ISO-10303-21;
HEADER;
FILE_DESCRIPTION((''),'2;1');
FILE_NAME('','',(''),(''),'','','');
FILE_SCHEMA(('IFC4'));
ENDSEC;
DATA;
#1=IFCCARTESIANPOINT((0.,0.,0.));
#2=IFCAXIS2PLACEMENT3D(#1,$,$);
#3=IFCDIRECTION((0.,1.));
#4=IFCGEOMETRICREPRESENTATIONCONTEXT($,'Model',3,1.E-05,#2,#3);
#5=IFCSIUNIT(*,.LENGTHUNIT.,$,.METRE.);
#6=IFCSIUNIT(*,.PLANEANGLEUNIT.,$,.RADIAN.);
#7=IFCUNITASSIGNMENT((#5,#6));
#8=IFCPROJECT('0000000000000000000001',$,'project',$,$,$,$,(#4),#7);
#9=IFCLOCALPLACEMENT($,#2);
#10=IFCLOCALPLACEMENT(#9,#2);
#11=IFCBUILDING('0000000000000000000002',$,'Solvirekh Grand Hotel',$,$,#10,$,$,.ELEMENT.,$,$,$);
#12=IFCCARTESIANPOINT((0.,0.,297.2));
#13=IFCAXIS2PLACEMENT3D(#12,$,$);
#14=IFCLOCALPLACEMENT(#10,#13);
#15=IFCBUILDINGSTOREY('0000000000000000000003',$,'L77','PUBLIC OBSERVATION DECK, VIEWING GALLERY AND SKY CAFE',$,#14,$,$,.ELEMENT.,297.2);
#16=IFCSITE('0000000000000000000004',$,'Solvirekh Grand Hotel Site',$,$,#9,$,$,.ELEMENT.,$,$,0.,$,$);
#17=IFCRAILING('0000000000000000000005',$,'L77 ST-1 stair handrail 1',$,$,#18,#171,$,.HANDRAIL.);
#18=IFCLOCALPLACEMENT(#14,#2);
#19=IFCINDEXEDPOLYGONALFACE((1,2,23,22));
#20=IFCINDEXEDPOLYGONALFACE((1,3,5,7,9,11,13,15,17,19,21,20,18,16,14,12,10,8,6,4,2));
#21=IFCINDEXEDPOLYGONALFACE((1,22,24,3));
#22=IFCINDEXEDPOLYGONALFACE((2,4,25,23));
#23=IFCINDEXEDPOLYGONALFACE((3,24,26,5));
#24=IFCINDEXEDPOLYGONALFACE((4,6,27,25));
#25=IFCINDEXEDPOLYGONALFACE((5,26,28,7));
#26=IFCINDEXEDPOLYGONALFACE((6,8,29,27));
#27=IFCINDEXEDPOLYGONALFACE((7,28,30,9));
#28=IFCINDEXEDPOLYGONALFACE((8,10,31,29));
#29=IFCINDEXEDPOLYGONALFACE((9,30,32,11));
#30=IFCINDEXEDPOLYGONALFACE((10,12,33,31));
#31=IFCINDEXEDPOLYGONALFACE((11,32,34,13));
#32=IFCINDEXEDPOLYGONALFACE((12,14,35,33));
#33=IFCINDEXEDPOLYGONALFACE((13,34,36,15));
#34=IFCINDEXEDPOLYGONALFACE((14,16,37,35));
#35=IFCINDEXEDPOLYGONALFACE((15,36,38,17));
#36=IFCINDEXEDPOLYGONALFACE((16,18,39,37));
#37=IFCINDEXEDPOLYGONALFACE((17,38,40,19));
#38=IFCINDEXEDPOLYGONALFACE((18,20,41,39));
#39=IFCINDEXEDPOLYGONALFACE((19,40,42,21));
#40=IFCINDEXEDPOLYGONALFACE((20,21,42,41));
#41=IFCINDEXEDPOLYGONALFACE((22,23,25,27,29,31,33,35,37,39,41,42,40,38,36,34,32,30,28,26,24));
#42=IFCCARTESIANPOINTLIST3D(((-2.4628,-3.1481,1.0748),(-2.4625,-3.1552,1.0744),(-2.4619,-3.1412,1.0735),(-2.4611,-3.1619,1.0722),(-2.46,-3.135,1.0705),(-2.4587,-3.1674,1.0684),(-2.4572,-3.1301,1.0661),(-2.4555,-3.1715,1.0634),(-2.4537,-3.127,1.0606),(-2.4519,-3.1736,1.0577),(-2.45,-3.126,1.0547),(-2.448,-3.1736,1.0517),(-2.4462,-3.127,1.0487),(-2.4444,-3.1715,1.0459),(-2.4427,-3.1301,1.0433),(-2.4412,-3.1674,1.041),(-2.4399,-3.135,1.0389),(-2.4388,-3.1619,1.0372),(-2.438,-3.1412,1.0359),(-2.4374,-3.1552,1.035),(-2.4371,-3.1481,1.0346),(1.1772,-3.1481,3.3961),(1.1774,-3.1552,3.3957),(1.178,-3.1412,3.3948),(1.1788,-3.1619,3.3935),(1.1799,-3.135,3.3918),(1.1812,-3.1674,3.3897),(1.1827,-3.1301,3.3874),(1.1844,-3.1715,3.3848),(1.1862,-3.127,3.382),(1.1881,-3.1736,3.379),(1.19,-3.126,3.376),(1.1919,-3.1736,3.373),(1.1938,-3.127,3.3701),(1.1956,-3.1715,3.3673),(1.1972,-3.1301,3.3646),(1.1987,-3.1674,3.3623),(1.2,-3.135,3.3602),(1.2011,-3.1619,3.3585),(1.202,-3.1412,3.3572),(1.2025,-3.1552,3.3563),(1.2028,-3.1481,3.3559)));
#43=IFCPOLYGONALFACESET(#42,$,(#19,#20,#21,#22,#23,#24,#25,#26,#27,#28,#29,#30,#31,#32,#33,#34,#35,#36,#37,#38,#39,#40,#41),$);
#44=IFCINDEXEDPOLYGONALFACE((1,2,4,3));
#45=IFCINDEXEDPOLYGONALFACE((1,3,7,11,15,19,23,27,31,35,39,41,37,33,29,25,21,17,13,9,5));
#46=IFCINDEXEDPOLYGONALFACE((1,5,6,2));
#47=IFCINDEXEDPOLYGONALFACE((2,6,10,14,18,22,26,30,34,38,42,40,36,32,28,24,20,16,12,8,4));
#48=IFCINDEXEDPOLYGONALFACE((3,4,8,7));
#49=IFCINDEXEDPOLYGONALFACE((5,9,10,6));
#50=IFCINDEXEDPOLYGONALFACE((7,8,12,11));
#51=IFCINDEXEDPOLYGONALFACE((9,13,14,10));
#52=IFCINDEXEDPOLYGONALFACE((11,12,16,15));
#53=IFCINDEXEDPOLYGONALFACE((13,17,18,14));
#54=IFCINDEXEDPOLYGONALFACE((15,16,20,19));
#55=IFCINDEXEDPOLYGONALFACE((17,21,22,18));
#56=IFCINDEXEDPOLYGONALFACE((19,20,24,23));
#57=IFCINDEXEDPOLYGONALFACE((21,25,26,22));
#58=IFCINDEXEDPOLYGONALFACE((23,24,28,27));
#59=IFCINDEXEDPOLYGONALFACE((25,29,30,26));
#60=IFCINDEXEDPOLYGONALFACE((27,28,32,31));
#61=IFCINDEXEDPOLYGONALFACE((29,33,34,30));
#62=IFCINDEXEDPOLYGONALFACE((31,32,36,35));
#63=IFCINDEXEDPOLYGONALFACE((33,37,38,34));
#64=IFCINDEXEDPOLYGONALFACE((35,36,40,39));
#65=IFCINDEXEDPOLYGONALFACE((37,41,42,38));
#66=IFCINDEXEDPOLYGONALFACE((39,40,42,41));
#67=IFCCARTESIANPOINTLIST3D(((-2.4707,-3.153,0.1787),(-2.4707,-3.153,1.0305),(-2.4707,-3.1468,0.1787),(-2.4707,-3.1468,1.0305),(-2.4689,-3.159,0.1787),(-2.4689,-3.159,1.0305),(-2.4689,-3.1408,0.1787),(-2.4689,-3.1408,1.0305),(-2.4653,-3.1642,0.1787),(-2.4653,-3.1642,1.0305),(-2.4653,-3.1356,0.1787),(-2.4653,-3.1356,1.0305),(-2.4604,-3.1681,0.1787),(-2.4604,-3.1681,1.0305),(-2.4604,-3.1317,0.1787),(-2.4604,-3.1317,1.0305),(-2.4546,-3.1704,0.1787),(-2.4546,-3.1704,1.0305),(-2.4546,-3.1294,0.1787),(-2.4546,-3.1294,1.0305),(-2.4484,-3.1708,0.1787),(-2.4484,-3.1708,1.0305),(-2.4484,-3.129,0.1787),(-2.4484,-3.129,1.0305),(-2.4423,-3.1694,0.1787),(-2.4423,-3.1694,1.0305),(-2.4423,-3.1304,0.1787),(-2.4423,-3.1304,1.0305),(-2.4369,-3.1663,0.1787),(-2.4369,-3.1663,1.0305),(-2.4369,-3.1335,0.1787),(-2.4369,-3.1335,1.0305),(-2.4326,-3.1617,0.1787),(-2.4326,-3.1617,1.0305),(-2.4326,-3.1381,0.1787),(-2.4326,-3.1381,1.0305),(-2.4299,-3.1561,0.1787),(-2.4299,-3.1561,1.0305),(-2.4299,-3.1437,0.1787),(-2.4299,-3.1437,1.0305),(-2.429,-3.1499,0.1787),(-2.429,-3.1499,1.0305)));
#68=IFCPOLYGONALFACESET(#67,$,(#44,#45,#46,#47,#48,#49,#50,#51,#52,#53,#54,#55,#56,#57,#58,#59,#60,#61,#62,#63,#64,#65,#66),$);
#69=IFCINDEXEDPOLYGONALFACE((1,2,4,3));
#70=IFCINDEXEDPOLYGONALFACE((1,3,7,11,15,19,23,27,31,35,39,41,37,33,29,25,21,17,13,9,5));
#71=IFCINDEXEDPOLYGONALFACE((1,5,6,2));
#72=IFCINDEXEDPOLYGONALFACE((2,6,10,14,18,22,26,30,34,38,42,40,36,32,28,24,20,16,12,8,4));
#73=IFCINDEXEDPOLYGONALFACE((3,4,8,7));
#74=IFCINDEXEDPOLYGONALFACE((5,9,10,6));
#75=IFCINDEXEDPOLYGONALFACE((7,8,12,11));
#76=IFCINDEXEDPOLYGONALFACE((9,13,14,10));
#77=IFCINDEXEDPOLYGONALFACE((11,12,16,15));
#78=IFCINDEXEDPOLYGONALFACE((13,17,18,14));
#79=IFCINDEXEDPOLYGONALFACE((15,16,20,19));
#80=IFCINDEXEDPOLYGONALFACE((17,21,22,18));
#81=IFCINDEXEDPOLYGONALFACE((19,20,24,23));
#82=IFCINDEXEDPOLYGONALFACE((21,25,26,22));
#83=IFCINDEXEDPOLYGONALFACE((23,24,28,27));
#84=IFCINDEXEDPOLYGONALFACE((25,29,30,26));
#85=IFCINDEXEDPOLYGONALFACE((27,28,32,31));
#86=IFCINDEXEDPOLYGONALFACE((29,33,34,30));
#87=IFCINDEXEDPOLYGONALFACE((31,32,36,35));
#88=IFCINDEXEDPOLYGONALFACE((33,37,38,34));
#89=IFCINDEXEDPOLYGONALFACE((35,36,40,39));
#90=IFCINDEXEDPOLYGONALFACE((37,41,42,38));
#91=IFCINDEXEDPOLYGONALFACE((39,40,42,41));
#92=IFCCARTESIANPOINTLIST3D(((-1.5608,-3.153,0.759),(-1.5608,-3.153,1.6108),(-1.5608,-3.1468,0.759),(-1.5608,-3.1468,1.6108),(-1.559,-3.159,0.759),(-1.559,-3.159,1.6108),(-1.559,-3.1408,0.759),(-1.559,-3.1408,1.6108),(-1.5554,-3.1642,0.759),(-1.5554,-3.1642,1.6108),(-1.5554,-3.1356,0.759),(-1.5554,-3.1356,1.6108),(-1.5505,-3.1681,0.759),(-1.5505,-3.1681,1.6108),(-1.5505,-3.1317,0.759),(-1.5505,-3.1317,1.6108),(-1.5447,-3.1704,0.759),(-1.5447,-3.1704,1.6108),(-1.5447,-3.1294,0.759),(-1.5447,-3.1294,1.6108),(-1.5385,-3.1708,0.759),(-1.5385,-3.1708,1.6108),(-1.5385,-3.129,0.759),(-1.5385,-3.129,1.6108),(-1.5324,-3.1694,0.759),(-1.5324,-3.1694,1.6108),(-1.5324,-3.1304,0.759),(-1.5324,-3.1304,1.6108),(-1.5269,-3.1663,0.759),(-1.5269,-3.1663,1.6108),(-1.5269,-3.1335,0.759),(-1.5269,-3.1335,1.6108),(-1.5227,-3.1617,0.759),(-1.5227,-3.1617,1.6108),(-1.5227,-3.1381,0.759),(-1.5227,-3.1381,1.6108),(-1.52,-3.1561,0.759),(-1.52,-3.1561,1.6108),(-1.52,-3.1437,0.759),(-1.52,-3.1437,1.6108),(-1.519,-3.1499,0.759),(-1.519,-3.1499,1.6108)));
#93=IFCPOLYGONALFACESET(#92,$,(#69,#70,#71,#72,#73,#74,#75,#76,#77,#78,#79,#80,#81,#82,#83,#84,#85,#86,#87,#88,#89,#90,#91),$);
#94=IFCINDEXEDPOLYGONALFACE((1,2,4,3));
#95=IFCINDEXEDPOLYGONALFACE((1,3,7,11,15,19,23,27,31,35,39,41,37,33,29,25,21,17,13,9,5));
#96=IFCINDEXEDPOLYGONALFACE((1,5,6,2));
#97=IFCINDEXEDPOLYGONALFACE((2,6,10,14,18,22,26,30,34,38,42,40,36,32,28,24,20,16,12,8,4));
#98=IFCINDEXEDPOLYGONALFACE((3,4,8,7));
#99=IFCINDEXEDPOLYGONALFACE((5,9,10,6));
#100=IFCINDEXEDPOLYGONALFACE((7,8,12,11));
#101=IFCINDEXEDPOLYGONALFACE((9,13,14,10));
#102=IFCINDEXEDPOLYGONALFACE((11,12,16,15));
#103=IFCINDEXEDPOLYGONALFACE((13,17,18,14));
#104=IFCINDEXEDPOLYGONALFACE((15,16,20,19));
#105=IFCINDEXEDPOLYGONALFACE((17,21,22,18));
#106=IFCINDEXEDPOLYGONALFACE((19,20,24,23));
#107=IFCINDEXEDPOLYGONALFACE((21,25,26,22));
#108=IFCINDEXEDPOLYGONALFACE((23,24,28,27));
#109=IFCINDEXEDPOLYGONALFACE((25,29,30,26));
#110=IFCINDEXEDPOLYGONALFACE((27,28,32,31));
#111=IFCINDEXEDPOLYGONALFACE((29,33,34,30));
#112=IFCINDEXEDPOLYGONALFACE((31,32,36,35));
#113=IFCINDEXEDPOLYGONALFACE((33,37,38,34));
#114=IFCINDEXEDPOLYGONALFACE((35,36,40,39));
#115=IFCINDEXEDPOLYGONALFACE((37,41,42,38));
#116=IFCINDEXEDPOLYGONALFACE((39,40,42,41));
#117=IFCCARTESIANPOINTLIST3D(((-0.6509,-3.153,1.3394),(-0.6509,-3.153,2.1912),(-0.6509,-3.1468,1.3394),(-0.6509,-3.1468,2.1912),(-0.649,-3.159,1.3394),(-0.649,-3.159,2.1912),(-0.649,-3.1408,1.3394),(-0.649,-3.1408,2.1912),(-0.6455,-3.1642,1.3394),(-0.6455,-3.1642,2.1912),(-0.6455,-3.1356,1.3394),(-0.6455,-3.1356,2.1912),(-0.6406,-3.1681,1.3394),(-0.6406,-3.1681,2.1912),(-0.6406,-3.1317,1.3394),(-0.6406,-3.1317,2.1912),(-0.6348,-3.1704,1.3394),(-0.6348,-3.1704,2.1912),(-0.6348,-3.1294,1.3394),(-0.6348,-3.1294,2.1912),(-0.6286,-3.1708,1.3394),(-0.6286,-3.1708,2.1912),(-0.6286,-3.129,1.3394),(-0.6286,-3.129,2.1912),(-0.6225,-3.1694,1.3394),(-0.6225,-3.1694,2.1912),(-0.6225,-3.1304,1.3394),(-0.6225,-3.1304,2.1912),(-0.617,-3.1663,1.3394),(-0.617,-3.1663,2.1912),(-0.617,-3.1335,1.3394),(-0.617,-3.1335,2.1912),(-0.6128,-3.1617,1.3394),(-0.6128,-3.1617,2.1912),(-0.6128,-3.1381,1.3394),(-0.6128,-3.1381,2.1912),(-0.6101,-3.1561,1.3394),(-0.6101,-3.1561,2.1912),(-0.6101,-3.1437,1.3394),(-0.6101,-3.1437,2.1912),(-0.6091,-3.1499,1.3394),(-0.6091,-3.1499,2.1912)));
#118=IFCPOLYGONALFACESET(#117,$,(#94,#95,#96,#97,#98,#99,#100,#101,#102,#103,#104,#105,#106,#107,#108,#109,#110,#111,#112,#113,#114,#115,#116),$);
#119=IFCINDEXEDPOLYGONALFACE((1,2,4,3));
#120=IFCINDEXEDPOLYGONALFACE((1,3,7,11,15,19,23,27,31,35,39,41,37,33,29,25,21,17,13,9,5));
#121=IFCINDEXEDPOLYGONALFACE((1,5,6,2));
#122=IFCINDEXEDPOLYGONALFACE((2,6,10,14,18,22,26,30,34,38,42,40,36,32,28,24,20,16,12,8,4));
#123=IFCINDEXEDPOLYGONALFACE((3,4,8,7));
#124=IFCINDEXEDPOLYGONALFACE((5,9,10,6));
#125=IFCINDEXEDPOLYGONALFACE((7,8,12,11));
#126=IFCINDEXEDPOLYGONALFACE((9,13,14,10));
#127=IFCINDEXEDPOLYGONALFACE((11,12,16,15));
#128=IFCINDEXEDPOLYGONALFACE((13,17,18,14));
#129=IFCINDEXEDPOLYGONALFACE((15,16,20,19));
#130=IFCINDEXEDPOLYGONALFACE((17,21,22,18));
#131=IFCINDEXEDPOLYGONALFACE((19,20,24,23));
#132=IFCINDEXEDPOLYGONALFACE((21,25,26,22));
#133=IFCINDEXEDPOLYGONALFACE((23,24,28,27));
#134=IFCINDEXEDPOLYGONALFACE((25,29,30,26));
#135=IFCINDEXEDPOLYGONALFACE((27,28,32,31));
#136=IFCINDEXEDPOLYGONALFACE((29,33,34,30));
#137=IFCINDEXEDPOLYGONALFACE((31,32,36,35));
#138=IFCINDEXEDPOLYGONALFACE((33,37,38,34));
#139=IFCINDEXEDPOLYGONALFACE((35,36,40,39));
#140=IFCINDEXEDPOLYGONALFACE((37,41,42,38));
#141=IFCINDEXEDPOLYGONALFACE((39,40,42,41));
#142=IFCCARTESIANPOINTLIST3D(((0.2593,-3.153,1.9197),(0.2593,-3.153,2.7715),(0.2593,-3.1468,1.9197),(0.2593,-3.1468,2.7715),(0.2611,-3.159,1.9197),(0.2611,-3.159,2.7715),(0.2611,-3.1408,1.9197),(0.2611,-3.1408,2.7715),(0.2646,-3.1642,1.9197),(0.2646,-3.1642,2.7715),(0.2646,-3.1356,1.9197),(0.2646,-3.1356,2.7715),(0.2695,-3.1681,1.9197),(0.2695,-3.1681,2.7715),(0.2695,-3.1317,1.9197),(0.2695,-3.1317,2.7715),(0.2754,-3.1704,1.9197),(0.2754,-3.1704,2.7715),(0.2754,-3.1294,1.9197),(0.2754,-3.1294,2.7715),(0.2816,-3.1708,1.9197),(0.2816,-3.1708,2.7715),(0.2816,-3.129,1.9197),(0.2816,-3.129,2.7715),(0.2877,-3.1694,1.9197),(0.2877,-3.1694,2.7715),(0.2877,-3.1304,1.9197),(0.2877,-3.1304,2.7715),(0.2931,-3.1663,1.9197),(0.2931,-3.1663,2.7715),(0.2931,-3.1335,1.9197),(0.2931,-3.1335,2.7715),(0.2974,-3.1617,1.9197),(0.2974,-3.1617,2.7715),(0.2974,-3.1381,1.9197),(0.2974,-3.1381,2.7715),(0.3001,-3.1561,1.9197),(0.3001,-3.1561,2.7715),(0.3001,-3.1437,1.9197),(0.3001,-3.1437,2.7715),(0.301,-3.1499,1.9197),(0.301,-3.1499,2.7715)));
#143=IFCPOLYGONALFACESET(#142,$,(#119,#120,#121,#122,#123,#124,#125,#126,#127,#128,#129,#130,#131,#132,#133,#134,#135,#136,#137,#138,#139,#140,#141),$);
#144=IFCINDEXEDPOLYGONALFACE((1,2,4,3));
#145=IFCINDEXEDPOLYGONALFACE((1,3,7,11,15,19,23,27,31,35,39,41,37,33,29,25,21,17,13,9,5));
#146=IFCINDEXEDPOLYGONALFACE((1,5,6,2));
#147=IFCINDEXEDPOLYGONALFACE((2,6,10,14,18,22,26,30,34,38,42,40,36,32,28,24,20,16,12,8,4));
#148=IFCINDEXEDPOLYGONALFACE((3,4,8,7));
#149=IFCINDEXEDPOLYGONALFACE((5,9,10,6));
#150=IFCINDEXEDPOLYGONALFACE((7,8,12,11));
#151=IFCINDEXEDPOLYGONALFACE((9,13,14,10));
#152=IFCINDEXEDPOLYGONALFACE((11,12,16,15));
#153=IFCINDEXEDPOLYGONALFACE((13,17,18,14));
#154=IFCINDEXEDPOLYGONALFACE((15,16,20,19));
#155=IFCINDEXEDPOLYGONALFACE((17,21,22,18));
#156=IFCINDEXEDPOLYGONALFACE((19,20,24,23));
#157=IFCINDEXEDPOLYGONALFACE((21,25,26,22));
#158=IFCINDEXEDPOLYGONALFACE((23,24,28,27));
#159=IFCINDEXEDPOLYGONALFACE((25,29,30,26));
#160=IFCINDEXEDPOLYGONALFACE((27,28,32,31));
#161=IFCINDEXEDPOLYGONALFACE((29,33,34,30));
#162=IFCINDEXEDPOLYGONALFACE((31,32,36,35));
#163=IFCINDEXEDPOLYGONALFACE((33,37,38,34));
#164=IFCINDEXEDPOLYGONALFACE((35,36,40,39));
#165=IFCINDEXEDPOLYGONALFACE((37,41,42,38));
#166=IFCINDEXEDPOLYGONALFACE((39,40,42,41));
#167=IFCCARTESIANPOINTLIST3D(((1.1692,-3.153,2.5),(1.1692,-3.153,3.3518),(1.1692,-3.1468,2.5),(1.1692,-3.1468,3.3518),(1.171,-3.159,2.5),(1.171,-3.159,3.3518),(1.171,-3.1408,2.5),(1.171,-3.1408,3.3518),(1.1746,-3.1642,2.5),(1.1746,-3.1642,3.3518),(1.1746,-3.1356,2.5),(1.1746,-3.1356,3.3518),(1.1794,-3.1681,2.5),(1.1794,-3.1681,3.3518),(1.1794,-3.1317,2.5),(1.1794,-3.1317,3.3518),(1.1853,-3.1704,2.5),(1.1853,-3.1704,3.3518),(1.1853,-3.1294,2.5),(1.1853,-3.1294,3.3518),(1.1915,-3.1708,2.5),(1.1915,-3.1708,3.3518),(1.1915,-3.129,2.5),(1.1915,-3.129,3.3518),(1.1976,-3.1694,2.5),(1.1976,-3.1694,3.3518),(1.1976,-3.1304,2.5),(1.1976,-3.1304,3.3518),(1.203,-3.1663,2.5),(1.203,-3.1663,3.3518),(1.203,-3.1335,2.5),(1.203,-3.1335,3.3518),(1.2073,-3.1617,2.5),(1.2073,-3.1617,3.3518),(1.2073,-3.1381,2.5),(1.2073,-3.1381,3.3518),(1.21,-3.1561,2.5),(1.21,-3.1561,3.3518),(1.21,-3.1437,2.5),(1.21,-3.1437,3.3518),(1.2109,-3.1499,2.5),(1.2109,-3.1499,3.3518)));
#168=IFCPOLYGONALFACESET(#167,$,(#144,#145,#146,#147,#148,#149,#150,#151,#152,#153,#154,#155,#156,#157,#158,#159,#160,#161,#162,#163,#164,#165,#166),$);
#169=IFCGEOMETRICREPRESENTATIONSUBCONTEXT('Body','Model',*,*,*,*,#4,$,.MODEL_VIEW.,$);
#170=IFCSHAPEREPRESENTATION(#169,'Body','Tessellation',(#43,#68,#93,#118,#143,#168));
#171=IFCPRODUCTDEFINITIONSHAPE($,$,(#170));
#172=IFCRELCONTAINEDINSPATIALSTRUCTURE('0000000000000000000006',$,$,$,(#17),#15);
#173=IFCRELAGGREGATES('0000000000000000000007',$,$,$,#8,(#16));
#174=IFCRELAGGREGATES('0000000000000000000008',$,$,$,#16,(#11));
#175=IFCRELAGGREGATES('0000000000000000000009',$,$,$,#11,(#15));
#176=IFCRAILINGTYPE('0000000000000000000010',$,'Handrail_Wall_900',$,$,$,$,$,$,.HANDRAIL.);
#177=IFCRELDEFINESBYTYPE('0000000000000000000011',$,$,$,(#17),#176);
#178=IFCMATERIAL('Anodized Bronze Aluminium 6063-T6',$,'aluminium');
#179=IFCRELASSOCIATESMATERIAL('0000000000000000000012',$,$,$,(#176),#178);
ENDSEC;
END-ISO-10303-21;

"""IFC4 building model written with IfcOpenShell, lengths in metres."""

from ifc_helpers import new_model, si_unit, direction, frame, origin, origin_2d, place, context, subcontext, project, spatial, circle, extrude, material, type_object, element, save


model = new_model("IFC4")

# Units and contexts
model_context = context("Model", 3, precision=1e-05, world=origin(), true_north=direction((0.0, 1.0)))
body_context = subcontext(model_context, "Body", "Model", "MODEL_VIEW")
ifc_project = project(units=[si_unit("LENGTHUNIT", "METRE"), si_unit("PLANEANGLEUNIT", "RADIAN")], contexts=[model_context])

# Site, building, storey
site_placement = place(None, origin())
site = spatial("IfcSite", under=ifc_project, at=site_placement, Name="Solvirekh Grand Hotel Site", CompositionType="ELEMENT", RefElevation=0.0)
building_placement = place(site_placement, origin())
building = spatial("IfcBuilding", under=site, at=building_placement, Name="Solvirekh Grand Hotel", CompositionType="ELEMENT")
storey_placement = place(building_placement, frame((0.0, 0.0, 297.2)))
storey = spatial("IfcBuildingStorey", under=building, at=storey_placement, Name="L77", Description="PUBLIC OBSERVATION DECK, VIEWING GALLERY AND SKY CAFE", CompositionType="ELEMENT", Elevation=297.2)

# Shared definitions
ifc_material_1 = material(Name="Anodized Bronze Aluminium 6063-T6", Category="aluminium")

# Railing
railing_type_1 = type_object("IfcRailingType", Name="Handrail_Wall_900", PredefinedType="HANDRAIL", material=ifc_material_1)
railing_1_placement = place(storey_placement, frame((-2.45, -3.1499, 0.1787)))
element("IfcRailing", 1, at=railing_1_placement, inside=storey, type_object=railing_type_1, Name="L77 ST-1 stair handrail 1", PredefinedType="HANDRAIL", context=body_context, shape_type="SweptSolid", body=[
    extrude(circle(Radius=0.0239, at=origin_2d()), frame((0.0, 0.0, 0.876), z_axis=(0.843137, 0.0, 0.537699), x_axis=(0.0, 1.0, 0.0)), (0.0, 0.0, 1.0), 4.3171),
    extrude(circle(Radius=0.021, at=origin_2d()), origin(), (0.0, 0.0, 1.0), 0.8518),
    extrude(circle(Radius=0.021, at=origin_2d()), frame((0.9099, 0.0, 0.5803)), (0.0, 0.0, 1.0), 0.8518),
    extrude(circle(Radius=0.021, at=origin_2d()), frame((1.8198, 0.0, 1.1606)), (0.0, 0.0, 1.0), 0.8518),
    extrude(circle(Radius=0.021, at=origin_2d()), frame((2.73, 0.0, 1.741)), (0.0, 0.0, 1.0), 0.8518),
    extrude(circle(Radius=0.021, at=origin_2d()), frame((3.6399, 0.0, 2.3213)), (0.0, 0.0, 1.0), 0.8518),
])

save(model, "model.ifc")
